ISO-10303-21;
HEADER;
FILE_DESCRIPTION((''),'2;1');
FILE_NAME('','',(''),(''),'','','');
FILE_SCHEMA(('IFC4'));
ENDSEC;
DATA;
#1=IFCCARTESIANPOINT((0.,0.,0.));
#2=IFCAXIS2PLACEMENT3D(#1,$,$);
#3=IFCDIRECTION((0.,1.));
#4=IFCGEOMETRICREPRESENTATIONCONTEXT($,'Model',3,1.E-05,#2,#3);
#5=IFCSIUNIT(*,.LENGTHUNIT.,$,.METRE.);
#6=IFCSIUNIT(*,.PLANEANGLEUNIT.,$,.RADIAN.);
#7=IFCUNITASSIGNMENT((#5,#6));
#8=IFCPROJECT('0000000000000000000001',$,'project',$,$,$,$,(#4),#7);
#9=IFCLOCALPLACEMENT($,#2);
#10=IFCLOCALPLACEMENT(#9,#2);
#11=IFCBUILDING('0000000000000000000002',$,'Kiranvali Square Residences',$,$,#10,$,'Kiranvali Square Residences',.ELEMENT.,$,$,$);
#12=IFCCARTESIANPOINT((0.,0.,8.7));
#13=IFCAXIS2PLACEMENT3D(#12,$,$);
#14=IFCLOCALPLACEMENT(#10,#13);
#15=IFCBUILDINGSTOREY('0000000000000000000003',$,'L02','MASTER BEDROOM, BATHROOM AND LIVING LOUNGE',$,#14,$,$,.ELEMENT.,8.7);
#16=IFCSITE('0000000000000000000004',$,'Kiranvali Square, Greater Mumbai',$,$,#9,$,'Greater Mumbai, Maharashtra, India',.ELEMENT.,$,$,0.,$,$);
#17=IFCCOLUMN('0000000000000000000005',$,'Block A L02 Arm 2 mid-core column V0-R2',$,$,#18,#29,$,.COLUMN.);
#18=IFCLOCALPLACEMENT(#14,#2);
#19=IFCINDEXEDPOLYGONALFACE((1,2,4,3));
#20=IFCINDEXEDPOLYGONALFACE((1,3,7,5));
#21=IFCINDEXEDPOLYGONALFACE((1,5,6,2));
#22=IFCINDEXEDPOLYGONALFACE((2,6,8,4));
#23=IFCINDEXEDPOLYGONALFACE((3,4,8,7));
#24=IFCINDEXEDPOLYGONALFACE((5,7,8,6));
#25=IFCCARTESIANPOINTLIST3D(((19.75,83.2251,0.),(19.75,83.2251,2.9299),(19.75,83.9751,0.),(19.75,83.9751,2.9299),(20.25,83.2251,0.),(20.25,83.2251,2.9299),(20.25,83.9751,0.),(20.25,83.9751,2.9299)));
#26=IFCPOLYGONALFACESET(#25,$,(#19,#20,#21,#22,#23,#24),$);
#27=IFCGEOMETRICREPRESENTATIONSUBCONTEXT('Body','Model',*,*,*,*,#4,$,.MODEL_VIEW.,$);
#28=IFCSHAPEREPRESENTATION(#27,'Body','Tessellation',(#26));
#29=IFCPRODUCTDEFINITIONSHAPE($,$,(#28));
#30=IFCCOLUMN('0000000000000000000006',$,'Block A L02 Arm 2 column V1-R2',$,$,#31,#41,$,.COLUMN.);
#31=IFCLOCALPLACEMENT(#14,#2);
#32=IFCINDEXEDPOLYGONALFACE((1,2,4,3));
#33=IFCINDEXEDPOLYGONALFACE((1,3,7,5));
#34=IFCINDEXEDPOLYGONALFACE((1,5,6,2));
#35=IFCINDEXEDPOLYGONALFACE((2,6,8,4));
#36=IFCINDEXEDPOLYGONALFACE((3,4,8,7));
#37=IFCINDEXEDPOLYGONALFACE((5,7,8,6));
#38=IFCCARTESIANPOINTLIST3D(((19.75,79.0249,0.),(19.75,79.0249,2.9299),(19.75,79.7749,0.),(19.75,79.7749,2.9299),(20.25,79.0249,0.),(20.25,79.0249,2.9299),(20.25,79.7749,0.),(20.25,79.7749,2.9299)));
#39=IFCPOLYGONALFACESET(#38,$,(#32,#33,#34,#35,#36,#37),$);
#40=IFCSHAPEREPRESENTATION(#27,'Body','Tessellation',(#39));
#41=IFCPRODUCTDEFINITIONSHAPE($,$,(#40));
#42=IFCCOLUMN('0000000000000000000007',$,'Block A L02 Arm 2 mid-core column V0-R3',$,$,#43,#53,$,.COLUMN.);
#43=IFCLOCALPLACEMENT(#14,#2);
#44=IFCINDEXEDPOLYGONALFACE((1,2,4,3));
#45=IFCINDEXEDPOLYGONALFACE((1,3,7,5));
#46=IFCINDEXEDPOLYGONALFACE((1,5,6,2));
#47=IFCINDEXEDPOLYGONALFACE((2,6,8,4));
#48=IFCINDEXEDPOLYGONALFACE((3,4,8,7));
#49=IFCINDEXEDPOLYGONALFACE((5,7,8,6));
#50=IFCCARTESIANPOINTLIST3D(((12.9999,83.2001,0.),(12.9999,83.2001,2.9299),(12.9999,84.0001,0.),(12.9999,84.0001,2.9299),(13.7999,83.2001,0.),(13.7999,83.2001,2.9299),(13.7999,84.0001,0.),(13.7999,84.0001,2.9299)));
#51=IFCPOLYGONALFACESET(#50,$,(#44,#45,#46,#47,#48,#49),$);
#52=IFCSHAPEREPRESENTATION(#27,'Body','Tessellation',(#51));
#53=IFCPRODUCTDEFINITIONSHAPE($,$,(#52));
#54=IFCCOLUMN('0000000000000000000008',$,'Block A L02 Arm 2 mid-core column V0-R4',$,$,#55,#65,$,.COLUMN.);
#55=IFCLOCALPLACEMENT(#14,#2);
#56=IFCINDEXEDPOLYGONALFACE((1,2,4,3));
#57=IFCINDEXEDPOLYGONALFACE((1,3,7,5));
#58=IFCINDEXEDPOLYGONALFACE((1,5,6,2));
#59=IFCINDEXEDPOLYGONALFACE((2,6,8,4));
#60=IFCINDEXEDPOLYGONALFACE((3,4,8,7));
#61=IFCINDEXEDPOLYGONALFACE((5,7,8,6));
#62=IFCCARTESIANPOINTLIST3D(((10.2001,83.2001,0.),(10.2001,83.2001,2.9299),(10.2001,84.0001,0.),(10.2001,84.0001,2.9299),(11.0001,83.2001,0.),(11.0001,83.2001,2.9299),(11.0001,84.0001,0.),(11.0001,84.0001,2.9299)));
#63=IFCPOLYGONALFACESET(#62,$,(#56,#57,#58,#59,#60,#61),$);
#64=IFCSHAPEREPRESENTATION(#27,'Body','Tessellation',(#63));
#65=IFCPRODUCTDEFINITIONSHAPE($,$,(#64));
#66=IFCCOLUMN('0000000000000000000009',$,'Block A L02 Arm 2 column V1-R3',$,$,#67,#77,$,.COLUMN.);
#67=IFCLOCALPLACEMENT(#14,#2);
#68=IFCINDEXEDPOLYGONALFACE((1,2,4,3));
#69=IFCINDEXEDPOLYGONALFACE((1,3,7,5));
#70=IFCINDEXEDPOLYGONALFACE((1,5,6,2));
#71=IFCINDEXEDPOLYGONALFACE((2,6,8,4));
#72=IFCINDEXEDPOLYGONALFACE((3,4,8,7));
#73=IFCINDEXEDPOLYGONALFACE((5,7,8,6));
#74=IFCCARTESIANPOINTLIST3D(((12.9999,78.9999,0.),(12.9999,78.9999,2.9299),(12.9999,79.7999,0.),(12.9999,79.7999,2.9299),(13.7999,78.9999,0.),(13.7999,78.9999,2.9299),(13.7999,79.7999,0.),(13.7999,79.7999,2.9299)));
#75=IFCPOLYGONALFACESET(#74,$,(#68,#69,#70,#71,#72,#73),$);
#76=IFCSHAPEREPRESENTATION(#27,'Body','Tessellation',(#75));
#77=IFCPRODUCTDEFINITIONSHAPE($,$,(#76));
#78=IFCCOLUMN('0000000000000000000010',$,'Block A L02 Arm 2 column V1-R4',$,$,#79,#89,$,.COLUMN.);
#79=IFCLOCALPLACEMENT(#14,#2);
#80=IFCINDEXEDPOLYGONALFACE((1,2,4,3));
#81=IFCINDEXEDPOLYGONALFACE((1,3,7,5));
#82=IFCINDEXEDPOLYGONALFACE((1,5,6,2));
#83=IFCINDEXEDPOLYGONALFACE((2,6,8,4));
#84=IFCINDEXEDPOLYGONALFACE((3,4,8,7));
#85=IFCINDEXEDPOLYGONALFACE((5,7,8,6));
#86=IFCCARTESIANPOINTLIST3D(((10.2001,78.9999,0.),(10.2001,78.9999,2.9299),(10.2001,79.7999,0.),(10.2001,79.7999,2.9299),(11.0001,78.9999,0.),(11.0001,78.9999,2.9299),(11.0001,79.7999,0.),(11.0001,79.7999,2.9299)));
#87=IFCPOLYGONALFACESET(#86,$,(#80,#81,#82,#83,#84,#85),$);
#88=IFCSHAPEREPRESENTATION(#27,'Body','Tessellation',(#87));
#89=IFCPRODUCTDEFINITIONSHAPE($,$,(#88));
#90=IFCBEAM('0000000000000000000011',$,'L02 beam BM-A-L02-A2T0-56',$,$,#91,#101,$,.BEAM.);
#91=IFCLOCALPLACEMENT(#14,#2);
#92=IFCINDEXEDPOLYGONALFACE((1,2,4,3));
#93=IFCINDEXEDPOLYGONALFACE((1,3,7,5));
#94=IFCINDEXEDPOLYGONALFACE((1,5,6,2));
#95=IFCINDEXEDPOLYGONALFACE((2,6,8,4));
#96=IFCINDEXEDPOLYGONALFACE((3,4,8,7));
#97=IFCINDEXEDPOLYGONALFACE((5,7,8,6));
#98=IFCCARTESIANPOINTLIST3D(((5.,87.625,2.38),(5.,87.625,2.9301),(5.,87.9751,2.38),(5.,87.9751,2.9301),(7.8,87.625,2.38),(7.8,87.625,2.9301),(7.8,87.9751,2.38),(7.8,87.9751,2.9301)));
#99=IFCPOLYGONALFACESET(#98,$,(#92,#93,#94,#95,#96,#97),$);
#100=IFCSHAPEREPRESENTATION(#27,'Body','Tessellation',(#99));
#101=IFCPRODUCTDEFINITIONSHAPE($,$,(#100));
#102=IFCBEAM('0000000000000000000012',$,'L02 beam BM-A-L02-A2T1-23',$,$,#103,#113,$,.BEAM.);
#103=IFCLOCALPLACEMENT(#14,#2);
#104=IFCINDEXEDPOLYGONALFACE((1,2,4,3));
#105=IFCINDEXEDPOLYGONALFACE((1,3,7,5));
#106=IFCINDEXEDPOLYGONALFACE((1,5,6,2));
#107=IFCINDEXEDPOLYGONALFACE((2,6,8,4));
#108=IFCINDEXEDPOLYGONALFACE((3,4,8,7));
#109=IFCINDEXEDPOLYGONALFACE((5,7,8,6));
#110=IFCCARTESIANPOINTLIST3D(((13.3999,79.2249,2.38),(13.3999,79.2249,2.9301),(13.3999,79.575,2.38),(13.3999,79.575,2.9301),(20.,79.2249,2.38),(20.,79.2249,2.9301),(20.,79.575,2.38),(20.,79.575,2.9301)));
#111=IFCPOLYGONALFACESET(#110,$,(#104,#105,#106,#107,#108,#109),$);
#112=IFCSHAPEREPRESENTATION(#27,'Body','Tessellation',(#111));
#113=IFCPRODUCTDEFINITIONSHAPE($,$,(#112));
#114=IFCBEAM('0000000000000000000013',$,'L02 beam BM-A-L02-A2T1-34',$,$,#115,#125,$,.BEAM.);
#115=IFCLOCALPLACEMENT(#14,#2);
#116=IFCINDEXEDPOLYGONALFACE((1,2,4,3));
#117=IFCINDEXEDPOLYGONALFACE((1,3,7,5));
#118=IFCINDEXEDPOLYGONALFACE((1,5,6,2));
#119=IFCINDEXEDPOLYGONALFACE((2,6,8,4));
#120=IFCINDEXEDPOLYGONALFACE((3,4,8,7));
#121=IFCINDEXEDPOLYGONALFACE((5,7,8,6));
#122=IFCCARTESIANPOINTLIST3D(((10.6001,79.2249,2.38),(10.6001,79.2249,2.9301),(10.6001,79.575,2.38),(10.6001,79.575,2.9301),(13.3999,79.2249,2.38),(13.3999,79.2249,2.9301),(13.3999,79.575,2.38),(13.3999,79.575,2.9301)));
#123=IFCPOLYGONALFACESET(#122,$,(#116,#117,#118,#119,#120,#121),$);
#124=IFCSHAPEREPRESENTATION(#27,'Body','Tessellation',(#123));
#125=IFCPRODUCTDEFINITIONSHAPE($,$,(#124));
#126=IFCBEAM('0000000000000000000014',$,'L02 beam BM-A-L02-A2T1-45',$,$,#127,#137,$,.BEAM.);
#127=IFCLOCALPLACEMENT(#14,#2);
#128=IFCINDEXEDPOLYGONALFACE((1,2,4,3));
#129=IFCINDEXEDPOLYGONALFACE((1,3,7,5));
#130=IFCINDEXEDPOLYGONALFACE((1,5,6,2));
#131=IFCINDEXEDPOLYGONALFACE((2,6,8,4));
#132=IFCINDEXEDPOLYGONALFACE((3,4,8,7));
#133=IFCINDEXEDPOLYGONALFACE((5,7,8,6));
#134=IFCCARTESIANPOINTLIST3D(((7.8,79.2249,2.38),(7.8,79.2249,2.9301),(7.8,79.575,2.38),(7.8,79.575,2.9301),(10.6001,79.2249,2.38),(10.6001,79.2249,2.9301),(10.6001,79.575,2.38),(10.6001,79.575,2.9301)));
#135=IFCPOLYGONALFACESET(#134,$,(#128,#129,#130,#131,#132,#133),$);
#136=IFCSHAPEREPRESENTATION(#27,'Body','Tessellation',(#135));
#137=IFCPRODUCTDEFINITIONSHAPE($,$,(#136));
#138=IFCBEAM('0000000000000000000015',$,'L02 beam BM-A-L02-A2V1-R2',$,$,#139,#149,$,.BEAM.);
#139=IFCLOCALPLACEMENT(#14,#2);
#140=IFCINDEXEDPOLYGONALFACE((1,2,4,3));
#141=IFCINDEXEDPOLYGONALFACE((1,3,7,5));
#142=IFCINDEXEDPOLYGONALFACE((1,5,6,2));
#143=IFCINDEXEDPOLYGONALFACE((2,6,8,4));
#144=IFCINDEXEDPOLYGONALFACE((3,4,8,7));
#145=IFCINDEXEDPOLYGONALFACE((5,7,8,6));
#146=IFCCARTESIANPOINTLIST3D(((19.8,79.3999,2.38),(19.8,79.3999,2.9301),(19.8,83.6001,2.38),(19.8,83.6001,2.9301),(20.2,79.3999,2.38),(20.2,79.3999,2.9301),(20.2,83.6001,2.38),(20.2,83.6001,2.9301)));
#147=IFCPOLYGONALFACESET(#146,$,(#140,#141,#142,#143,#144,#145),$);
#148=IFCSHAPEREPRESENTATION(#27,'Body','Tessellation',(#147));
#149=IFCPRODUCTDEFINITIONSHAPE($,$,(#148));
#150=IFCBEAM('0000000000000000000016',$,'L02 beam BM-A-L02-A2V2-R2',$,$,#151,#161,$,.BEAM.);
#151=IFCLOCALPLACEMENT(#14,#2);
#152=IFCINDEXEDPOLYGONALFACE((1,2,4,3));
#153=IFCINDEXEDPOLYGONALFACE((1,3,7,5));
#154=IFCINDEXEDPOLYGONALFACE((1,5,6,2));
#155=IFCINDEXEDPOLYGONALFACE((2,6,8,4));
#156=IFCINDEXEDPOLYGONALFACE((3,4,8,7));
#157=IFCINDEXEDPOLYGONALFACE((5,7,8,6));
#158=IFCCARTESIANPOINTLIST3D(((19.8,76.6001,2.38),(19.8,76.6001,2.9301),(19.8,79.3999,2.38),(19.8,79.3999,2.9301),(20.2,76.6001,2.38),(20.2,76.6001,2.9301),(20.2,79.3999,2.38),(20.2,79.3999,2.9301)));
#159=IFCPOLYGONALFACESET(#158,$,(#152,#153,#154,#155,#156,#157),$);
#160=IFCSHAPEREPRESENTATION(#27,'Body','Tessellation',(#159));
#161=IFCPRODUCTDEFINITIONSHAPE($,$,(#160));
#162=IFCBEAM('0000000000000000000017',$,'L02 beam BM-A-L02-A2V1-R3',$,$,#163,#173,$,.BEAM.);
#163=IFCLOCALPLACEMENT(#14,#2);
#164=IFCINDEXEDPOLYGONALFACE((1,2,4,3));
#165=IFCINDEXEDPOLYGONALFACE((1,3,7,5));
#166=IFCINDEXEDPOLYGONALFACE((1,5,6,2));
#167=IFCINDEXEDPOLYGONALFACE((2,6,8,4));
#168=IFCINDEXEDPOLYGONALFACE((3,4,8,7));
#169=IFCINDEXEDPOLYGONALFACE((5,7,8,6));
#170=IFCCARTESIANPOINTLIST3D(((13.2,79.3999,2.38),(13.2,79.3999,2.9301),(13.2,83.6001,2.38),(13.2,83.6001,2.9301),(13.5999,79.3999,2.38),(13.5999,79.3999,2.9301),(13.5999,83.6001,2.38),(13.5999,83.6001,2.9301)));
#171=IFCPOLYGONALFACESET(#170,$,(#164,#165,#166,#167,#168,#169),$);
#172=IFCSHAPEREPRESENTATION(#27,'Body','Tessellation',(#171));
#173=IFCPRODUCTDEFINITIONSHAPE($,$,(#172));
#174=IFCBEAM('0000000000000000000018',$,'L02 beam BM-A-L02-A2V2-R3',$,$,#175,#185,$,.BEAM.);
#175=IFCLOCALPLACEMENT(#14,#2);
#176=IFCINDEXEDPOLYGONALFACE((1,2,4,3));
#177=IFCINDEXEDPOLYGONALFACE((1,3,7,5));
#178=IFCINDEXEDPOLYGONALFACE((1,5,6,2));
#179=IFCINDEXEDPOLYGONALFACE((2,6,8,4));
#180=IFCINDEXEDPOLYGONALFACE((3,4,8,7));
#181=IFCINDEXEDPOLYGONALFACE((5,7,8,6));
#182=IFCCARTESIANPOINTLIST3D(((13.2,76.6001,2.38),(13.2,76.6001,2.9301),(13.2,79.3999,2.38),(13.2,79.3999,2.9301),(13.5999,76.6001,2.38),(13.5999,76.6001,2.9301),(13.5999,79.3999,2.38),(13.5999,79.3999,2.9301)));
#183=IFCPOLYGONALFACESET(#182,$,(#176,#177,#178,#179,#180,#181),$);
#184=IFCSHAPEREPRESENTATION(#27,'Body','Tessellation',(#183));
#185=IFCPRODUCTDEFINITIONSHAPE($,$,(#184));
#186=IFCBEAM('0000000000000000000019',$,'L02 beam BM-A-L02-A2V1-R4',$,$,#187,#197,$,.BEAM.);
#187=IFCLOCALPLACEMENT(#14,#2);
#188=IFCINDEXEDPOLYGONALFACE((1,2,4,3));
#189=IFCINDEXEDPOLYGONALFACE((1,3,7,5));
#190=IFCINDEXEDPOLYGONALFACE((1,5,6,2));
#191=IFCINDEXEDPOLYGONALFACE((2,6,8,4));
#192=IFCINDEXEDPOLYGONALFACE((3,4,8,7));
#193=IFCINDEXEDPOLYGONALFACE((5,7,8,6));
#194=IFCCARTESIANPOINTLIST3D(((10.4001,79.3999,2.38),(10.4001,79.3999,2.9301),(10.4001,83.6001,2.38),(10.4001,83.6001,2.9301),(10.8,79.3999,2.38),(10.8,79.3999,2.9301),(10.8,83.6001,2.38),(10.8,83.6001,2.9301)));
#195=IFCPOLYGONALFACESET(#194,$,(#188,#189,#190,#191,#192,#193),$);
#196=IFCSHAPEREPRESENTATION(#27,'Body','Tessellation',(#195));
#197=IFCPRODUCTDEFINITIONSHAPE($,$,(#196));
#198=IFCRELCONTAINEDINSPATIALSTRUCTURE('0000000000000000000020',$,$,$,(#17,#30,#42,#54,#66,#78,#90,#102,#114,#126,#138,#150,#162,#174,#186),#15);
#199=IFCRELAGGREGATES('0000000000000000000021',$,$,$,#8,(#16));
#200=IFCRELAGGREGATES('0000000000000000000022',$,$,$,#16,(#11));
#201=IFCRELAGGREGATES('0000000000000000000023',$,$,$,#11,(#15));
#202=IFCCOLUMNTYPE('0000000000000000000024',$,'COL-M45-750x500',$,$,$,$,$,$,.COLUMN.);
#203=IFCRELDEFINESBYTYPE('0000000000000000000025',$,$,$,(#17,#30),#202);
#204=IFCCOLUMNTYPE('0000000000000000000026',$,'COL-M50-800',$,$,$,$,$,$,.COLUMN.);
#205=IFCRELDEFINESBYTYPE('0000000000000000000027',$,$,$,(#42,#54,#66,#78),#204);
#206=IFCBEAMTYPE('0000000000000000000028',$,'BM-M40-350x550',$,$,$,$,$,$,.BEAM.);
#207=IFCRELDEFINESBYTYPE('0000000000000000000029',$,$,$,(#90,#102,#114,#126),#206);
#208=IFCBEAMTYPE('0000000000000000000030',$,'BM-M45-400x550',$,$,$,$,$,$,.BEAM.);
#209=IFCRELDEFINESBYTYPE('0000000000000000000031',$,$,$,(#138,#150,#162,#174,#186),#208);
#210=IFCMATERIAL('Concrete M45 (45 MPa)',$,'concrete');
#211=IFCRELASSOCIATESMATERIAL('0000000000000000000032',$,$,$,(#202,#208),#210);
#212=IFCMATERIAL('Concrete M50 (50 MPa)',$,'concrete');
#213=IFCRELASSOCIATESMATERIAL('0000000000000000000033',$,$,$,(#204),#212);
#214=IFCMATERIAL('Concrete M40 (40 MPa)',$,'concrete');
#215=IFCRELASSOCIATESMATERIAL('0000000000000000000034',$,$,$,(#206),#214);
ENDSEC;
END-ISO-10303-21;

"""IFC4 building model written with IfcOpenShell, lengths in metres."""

from ifc_helpers import new_model, si_unit, direction, frame, origin, origin_2d, place, context, subcontext, project, spatial, rectangle, extrude, material, material_profile, profile_set, type_object, element, save


model = new_model("IFC4")

# Units and contexts
model_context = context("Model", 3, precision=1e-05, world=origin(), true_north=direction((0.0, 1.0)))
body_context = subcontext(model_context, "Body", "Model", "MODEL_VIEW")
ifc_project = project(units=[si_unit("LENGTHUNIT", "METRE"), si_unit("PLANEANGLEUNIT", "RADIAN")], contexts=[model_context])

# Site, building, storey
site_placement = place(None, origin())
site = spatial("IfcSite", under=ifc_project, at=site_placement, Name="Kiranvali Square, Greater Mumbai", LongName="Greater Mumbai, Maharashtra, India", CompositionType="ELEMENT", RefElevation=0.0)
building_placement = place(site_placement, origin())
building = spatial("IfcBuilding", under=site, at=building_placement, Name="Kiranvali Square Residences", LongName="Kiranvali Square Residences", CompositionType="ELEMENT")
storey_placement = place(building_placement, frame((0.0, 0.0, 8.7)))
storey = spatial("IfcBuildingStorey", under=building, at=storey_placement, Name="L02", Description="MASTER BEDROOM, BATHROOM AND LIVING LOUNGE", CompositionType="ELEMENT", Elevation=8.7)

# Columns
ifc_material_1 = material(Name="Concrete M45 (45 MPa)", Category="concrete")
ifc_material_profile_1 = material_profile(ifc_material_1, rectangle(XDim=0.5, YDim=0.75, at=origin_2d()), Name="RC 750x500")
ifc_profile_set_1 = profile_set([ifc_material_profile_1], Name="Concrete M45 (45 MPa)")
column_type_1 = type_object("IfcColumnType", Name="COL-M45-750x500", PredefinedType="COLUMN", material=ifc_profile_set_1)
for number, where, z_axis, x_axis, name in (
    (1, (20.0, 83.6001, 0.0), (0.0, 0.0, 1.0), (1.0, 0.0, 0.0), "Block A L02 Arm 2 mid-core column V0-R2"),
    (2, (20.0, 79.3999, 0.0), (0.0, 0.0, 1.0), (1.0, 0.0, 0.0), "Block A L02 Arm 2 column V1-R2"),
):
    element("IfcColumn", number, at=place(storey_placement, frame(where, z_axis=z_axis, x_axis=x_axis)), inside=storey, type_object=column_type_1, Name=name, PredefinedType="COLUMN", context=body_context, shape_type="SweptSolid", body=[
        extrude(rectangle(XDim=0.5, YDim=0.75, at=origin_2d()), origin(), (0.0, 0.0, 1.0), 2.9299),
    ])
ifc_material_2 = material(Name="Concrete M50 (50 MPa)", Category="concrete")
ifc_material_profile_2 = material_profile(ifc_material_2, rectangle(XDim=0.8, YDim=0.8, at=origin_2d()), Name="RC 800x800")
ifc_profile_set_2 = profile_set([ifc_material_profile_2], Name="Concrete M50 (50 MPa)")
column_type_2 = type_object("IfcColumnType", Name="COL-M50-800", PredefinedType="COLUMN", material=ifc_profile_set_2)
for number, where, z_axis, x_axis, name in (
    (3, (13.3999, 83.6001, 0.0), (0.0, 0.0, 1.0), (1.0, 0.0, 0.0), "Block A L02 Arm 2 mid-core column V0-R3"),
    (4, (10.6001, 83.6001, 0.0), (0.0, 0.0, 1.0), (1.0, 0.0, 0.0), "Block A L02 Arm 2 mid-core column V0-R4"),
    (5, (13.3999, 79.3999, 0.0), (0.0, 0.0, 1.0), (1.0, 0.0, 0.0), "Block A L02 Arm 2 column V1-R3"),
    (6, (10.6001, 79.3999, 0.0), (0.0, 0.0, 1.0), (1.0, 0.0, 0.0), "Block A L02 Arm 2 column V1-R4"),
):
    element("IfcColumn", number, at=place(storey_placement, frame(where, z_axis=z_axis, x_axis=x_axis)), inside=storey, type_object=column_type_2, Name=name, PredefinedType="COLUMN", context=body_context, shape_type="SweptSolid", body=[
        extrude(rectangle(XDim=0.8, YDim=0.8, at=origin_2d()), origin(), (0.0, 0.0, 1.0), 2.9299),
    ])

# Beams
ifc_material_3 = material(Name="Concrete M40 (40 MPa)", Category="concrete")
ifc_material_profile_3 = material_profile(ifc_material_3, rectangle(XDim=0.3501, YDim=0.55, at=origin_2d()), Name="RC 350x550")
ifc_profile_set_3 = profile_set([ifc_material_profile_3], Name="Concrete M40 (40 MPa)")
beam_type_1 = type_object("IfcBeamType", Name="BM-M40-350x550", PredefinedType="BEAM", material=ifc_profile_set_3)
beam_1_placement = place(storey_placement, frame((7.8, 87.8, 2.655), z_axis=(-1.0, 0.0, 0.0), x_axis=(0.0, -1.0, 0.0)))
element("IfcBeam", 7, at=beam_1_placement, inside=storey, type_object=beam_type_1, Name="L02 beam BM-A-L02-A2T0-56", PredefinedType="BEAM", context=body_context, shape_type="SweptSolid", body=[
    extrude(rectangle(XDim=0.3501, YDim=0.55, at=origin_2d()), origin(), (0.0, 0.0, 1.0), 2.8),
])
beam_2_placement = place(storey_placement, frame((20.0, 79.3999, 2.655), z_axis=(-1.0, 0.0, 0.0), x_axis=(0.0, -1.0, 0.0)))
element("IfcBeam", 8, at=beam_2_placement, inside=storey, type_object=beam_type_1, Name="L02 beam BM-A-L02-A2T1-23", PredefinedType="BEAM", context=body_context, shape_type="SweptSolid", body=[
    extrude(rectangle(XDim=0.3501, YDim=0.55, at=origin_2d()), origin(), (0.0, 0.0, 1.0), 6.6001),
])
beam_3_placement = place(storey_placement, frame((13.3999, 79.3999, 2.655), z_axis=(-1.0, 0.0, 0.0), x_axis=(0.0, -1.0, 0.0)))
element("IfcBeam", 9, at=beam_3_placement, inside=storey, type_object=beam_type_1, Name="L02 beam BM-A-L02-A2T1-34", PredefinedType="BEAM", context=body_context, shape_type="SweptSolid", body=[
    extrude(rectangle(XDim=0.3501, YDim=0.55, at=origin_2d()), origin(), (0.0, 0.0, 1.0), 2.7998),
])
beam_4_placement = place(storey_placement, frame((10.6001, 79.3999, 2.655), z_axis=(-1.0, 0.0, 0.0), x_axis=(0.0, -1.0, 0.0)))
element("IfcBeam", 10, at=beam_4_placement, inside=storey, type_object=beam_type_1, Name="L02 beam BM-A-L02-A2T1-45", PredefinedType="BEAM", context=body_context, shape_type="SweptSolid", body=[
    extrude(rectangle(XDim=0.3501, YDim=0.55, at=origin_2d()), origin(), (0.0, 0.0, 1.0), 2.8),
])
ifc_material_profile_4 = material_profile(ifc_material_1, rectangle(XDim=0.3999, YDim=0.55, at=origin_2d()), Name="RC 400x550")
ifc_profile_set_4 = profile_set([ifc_material_profile_4], Name="Concrete M45 (45 MPa)")
beam_type_2 = type_object("IfcBeamType", Name="BM-M45-400x550", PredefinedType="BEAM", material=ifc_profile_set_4)
beam_5_placement = place(storey_placement, frame((20.0, 83.6001, 2.655), z_axis=(0.0, -1.0, 0.0), x_axis=(1.0, 0.0, 0.0)))
element("IfcBeam", 11, at=beam_5_placement, inside=storey, type_object=beam_type_2, Name="L02 beam BM-A-L02-A2V1-R2", PredefinedType="BEAM", context=body_context, shape_type="SweptSolid", body=[
    extrude(rectangle(XDim=0.3999, YDim=0.55, at=origin_2d()), origin(), (0.0, 0.0, 1.0), 4.2002),
])
beam_6_placement = place(storey_placement, frame((20.0, 79.3999, 2.655), z_axis=(0.0, -1.0, 0.0), x_axis=(1.0, 0.0, 0.0)))
element("IfcBeam", 12, at=beam_6_placement, inside=storey, type_object=beam_type_2, Name="L02 beam BM-A-L02-A2V2-R2", PredefinedType="BEAM", context=body_context, shape_type="SweptSolid", body=[
    extrude(rectangle(XDim=0.3999, YDim=0.55, at=origin_2d()), origin(), (0.0, 0.0, 1.0), 2.7998),
])
beam_7_placement = place(storey_placement, frame((13.3999, 83.6001, 2.655), z_axis=(0.0, -1.0, 0.0), x_axis=(1.0, 0.0, 0.0)))
element("IfcBeam", 13, at=beam_7_placement, inside=storey, type_object=beam_type_2, Name="L02 beam BM-A-L02-A2V1-R3", PredefinedType="BEAM", context=body_context, shape_type="SweptSolid", body=[
    extrude(rectangle(XDim=0.3999, YDim=0.55, at=origin_2d()), origin(), (0.0, 0.0, 1.0), 4.2002),
])
beam_8_placement = place(storey_placement, frame((13.3999, 79.3999, 2.655), z_axis=(0.0, -1.0, 0.0), x_axis=(1.0, 0.0, 0.0)))
element("IfcBeam", 14, at=beam_8_placement, inside=storey, type_object=beam_type_2, Name="L02 beam BM-A-L02-A2V2-R3", PredefinedType="BEAM", context=body_context, shape_type="SweptSolid", body=[
    extrude(rectangle(XDim=0.3999, YDim=0.55, at=origin_2d()), origin(), (0.0, 0.0, 1.0), 2.7998),
])
beam_9_placement = place(storey_placement, frame((10.6001, 83.6001, 2.655), z_axis=(0.0, -1.0, 0.0), x_axis=(1.0, 0.0, 0.0)))
element("IfcBeam", 15, at=beam_9_placement, inside=storey, type_object=beam_type_2, Name="L02 beam BM-A-L02-A2V1-R4", PredefinedType="BEAM", context=body_context, shape_type="SweptSolid", body=[
    extrude(rectangle(XDim=0.3999, YDim=0.55, at=origin_2d()), origin(), (0.0, 0.0, 1.0), 4.2002),
])

save(model, "model.ifc")
